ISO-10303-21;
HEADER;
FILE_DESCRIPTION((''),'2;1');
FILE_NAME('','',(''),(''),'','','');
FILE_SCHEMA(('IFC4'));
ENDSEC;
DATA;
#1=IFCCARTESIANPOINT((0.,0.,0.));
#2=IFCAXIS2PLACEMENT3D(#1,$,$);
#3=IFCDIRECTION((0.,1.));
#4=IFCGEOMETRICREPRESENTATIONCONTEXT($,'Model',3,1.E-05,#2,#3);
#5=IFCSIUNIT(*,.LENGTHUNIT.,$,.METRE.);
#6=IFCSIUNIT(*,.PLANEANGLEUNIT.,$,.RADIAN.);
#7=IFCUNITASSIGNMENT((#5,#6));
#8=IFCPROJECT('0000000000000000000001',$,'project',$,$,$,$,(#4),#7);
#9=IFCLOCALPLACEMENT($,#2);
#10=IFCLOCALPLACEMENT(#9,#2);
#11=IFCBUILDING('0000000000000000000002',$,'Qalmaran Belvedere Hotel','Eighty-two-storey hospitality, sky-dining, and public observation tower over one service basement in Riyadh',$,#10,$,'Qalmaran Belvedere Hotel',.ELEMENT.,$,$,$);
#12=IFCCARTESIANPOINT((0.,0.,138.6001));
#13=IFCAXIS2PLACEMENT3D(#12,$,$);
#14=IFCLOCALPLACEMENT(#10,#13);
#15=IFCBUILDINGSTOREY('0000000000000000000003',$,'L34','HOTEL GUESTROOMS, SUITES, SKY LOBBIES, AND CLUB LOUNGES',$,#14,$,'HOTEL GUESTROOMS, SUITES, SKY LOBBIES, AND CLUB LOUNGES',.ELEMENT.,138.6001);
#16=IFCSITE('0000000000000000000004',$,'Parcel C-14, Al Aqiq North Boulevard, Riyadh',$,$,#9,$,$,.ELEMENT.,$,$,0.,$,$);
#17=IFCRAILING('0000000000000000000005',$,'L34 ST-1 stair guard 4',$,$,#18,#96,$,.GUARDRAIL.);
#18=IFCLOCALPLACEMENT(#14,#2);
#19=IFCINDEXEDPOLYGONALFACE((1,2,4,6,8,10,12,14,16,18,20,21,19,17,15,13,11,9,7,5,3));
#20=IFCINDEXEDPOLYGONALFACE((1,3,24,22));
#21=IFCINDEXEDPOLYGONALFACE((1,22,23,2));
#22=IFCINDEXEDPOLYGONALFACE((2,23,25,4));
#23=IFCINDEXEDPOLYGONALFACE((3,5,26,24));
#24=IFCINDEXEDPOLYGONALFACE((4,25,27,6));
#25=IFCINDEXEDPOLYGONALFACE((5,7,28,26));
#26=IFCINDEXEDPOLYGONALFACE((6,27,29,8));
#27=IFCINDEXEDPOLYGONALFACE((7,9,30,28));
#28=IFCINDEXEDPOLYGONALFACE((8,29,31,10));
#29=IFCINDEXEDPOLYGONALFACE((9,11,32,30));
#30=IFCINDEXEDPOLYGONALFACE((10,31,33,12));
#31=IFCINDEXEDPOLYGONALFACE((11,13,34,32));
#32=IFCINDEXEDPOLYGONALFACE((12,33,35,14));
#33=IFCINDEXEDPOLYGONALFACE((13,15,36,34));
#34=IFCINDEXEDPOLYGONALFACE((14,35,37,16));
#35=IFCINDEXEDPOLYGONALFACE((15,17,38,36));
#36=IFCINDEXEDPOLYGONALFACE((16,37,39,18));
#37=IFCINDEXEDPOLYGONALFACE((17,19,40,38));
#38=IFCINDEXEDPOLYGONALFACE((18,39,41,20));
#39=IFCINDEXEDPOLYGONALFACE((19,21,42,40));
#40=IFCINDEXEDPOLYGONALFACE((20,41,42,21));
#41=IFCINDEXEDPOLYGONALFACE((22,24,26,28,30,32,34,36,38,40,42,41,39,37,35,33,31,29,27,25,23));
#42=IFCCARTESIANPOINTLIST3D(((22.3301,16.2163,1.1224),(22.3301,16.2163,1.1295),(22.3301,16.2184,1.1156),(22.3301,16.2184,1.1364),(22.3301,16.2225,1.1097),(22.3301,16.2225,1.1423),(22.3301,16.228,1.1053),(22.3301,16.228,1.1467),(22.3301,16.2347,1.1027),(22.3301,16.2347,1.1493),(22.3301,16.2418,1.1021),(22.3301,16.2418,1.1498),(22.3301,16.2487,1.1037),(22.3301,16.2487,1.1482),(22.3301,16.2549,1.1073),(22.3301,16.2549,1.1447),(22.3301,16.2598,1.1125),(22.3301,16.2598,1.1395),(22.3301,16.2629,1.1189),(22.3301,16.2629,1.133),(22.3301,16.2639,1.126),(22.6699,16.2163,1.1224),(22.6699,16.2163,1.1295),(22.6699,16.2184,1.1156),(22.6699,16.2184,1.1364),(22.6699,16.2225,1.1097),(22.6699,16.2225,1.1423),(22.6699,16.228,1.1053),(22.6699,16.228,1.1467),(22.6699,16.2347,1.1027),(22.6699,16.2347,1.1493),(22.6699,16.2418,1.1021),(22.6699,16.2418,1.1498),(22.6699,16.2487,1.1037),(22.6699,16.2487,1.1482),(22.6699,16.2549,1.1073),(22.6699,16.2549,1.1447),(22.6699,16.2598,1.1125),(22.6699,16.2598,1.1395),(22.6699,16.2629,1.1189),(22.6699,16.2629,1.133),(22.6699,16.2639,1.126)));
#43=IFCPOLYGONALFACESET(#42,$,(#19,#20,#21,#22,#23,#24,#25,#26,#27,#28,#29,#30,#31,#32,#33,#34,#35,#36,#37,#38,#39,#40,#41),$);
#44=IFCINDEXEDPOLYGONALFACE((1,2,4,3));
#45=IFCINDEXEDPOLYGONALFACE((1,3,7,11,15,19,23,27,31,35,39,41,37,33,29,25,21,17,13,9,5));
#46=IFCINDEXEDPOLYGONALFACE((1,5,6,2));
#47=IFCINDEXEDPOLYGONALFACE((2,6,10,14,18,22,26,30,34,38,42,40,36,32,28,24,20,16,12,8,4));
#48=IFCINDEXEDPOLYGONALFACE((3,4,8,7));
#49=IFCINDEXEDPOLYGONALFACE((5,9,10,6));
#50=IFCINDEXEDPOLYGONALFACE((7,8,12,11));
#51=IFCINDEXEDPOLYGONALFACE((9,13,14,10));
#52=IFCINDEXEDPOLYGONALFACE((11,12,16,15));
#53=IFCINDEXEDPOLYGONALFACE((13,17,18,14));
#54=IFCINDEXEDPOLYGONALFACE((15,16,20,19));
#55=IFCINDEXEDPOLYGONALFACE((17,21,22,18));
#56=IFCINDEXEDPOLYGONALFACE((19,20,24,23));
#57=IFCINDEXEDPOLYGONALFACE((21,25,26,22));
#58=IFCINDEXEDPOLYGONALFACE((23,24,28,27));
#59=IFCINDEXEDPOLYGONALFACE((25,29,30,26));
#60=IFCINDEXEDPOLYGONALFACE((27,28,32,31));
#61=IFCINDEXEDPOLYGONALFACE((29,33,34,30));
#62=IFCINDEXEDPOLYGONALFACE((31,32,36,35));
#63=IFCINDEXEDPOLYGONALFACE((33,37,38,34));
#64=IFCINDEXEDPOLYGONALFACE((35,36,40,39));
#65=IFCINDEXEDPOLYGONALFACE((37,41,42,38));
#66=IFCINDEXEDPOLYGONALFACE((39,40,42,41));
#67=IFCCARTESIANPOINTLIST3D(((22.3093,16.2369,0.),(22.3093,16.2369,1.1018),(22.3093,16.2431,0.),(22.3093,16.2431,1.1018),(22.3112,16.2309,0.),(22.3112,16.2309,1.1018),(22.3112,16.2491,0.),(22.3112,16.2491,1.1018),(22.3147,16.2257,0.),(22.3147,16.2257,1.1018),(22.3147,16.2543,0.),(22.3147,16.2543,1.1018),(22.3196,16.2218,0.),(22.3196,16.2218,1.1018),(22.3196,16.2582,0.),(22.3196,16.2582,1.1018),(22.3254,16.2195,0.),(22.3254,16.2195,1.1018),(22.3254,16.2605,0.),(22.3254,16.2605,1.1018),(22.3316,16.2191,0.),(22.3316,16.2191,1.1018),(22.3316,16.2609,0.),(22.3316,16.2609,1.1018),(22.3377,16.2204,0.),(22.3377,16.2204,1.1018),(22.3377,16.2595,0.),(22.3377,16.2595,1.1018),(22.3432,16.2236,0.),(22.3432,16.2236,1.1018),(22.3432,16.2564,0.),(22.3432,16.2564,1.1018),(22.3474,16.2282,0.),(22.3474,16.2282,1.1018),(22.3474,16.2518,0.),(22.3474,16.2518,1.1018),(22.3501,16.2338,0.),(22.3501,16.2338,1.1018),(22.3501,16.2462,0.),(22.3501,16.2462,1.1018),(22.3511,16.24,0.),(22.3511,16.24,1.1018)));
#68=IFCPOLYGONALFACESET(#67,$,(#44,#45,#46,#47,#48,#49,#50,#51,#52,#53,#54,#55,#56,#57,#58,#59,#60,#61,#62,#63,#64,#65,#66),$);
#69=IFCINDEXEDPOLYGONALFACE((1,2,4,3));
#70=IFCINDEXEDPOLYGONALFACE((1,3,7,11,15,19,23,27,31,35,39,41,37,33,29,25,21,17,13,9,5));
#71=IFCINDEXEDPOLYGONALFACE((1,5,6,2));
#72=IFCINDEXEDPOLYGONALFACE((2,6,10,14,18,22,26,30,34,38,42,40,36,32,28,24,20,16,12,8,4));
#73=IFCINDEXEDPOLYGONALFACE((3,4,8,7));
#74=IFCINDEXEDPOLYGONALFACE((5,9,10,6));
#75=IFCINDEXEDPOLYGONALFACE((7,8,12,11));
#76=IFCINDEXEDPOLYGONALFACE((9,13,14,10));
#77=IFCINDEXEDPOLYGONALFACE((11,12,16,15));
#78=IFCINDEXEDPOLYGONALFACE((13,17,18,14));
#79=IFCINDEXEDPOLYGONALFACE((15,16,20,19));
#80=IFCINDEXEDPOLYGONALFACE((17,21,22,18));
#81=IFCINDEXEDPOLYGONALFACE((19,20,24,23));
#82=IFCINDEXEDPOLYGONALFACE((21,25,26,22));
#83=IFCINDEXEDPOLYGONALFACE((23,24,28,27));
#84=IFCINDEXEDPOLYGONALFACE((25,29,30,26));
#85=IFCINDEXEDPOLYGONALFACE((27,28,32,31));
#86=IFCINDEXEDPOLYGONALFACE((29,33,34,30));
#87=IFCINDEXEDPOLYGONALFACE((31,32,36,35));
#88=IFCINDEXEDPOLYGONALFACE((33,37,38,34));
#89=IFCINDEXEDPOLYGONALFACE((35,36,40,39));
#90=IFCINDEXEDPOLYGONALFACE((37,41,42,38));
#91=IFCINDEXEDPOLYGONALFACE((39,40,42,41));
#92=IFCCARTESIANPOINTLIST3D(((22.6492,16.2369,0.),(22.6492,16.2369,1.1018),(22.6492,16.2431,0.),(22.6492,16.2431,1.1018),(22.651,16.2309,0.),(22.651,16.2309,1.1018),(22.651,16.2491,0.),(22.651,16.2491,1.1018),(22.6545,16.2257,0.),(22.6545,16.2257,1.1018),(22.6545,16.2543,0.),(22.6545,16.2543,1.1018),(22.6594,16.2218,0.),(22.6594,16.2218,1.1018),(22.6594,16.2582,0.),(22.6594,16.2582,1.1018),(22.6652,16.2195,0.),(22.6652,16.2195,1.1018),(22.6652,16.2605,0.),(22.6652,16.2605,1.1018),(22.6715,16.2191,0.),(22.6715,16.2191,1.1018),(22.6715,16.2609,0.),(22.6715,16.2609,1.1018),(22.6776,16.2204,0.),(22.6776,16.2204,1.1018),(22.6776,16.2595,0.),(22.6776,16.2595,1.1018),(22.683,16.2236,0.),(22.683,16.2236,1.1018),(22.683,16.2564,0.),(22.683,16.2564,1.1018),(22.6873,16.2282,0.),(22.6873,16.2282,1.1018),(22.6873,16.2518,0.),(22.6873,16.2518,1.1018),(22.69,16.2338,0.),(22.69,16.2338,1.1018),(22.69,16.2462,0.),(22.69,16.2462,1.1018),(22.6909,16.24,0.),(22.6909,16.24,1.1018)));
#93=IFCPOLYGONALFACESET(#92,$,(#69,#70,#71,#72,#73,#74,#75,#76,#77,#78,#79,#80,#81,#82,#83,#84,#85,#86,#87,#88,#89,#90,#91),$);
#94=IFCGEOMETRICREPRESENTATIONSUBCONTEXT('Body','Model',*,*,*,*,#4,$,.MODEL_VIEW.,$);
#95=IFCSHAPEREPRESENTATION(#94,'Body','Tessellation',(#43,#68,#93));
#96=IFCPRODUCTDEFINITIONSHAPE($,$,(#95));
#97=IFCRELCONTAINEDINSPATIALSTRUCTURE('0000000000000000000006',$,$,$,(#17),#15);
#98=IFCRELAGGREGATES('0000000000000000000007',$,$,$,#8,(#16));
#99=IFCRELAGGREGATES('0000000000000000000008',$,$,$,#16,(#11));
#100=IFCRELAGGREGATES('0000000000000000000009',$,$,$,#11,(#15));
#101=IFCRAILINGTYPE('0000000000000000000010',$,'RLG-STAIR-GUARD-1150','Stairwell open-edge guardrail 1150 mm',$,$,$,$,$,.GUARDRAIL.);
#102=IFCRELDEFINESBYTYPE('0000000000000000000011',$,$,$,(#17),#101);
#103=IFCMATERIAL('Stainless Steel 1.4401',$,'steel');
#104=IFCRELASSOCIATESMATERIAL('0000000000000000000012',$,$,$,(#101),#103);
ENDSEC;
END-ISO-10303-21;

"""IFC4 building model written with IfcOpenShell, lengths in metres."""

from ifc_helpers import new_model, si_unit, direction, frame, origin, origin_2d, place, context, subcontext, project, spatial, circle, extrude, material, type_object, element, save


model = new_model("IFC4")

# Units and contexts
model_context = context("Model", 3, precision=1e-05, world=origin(), true_north=direction((0.0, 1.0)))
body_context = subcontext(model_context, "Body", "Model", "MODEL_VIEW")
ifc_project = project(units=[si_unit("LENGTHUNIT", "METRE"), si_unit("PLANEANGLEUNIT", "RADIAN")], contexts=[model_context])

# Site, building, storey
site_placement = place(None, origin())
site = spatial("IfcSite", under=ifc_project, at=site_placement, Name="Parcel C-14, Al Aqiq North Boulevard, Riyadh", CompositionType="ELEMENT", RefElevation=0.0)
building_placement = place(site_placement, origin())
building = spatial("IfcBuilding", under=site, at=building_placement, Name="Qalmaran Belvedere Hotel", Description="Eighty-two-storey hospitality, sky-dining, and public observation tower over one service basement in Riyadh", LongName="Qalmaran Belvedere Hotel", CompositionType="ELEMENT")
storey_placement = place(building_placement, frame((0.0, 0.0, 138.6001)))
storey = spatial("IfcBuildingStorey", under=building, at=storey_placement, Name="L34", Description="HOTEL GUESTROOMS, SUITES, SKY LOBBIES, AND CLUB LOUNGES", LongName="HOTEL GUESTROOMS, SUITES, SKY LOBBIES, AND CLUB LOUNGES", CompositionType="ELEMENT", Elevation=138.6001)

# Shared definitions
ifc_material_1 = material(Name="Stainless Steel 1.4401", Category="steel")

# Railing
railing_type_1 = type_object("IfcRailingType", Name="RLG-STAIR-GUARD-1150", Description="Stairwell open-edge guardrail 1150 mm", PredefinedType="GUARDRAIL", material=ifc_material_1)
railing_1_placement = place(storey_placement, frame((22.3301, 16.24, 0.0)))
element("IfcRailing", 1, at=railing_1_placement, inside=storey, type_object=railing_type_1, Name="L34 ST-1 stair guard 4", PredefinedType="GUARDRAIL", context=body_context, shape_type="SweptSolid", body=[
    extrude(circle(Radius=0.0239, at=origin_2d()), frame((0.0, 0.0, 1.126), z_axis=(1.0, 0.0, 0.0), x_axis=(0.0, 1.0, 0.0)), (0.0, 0.0, 1.0), 0.3398),
    extrude(circle(Radius=0.021, at=origin_2d()), origin(), (0.0, 0.0, 1.0), 1.1018),
    extrude(circle(Radius=0.021, at=origin_2d()), frame((0.3398, 0.0, 0.0)), (0.0, 0.0, 1.0), 1.1018),
])

save(model, "model.ifc")
